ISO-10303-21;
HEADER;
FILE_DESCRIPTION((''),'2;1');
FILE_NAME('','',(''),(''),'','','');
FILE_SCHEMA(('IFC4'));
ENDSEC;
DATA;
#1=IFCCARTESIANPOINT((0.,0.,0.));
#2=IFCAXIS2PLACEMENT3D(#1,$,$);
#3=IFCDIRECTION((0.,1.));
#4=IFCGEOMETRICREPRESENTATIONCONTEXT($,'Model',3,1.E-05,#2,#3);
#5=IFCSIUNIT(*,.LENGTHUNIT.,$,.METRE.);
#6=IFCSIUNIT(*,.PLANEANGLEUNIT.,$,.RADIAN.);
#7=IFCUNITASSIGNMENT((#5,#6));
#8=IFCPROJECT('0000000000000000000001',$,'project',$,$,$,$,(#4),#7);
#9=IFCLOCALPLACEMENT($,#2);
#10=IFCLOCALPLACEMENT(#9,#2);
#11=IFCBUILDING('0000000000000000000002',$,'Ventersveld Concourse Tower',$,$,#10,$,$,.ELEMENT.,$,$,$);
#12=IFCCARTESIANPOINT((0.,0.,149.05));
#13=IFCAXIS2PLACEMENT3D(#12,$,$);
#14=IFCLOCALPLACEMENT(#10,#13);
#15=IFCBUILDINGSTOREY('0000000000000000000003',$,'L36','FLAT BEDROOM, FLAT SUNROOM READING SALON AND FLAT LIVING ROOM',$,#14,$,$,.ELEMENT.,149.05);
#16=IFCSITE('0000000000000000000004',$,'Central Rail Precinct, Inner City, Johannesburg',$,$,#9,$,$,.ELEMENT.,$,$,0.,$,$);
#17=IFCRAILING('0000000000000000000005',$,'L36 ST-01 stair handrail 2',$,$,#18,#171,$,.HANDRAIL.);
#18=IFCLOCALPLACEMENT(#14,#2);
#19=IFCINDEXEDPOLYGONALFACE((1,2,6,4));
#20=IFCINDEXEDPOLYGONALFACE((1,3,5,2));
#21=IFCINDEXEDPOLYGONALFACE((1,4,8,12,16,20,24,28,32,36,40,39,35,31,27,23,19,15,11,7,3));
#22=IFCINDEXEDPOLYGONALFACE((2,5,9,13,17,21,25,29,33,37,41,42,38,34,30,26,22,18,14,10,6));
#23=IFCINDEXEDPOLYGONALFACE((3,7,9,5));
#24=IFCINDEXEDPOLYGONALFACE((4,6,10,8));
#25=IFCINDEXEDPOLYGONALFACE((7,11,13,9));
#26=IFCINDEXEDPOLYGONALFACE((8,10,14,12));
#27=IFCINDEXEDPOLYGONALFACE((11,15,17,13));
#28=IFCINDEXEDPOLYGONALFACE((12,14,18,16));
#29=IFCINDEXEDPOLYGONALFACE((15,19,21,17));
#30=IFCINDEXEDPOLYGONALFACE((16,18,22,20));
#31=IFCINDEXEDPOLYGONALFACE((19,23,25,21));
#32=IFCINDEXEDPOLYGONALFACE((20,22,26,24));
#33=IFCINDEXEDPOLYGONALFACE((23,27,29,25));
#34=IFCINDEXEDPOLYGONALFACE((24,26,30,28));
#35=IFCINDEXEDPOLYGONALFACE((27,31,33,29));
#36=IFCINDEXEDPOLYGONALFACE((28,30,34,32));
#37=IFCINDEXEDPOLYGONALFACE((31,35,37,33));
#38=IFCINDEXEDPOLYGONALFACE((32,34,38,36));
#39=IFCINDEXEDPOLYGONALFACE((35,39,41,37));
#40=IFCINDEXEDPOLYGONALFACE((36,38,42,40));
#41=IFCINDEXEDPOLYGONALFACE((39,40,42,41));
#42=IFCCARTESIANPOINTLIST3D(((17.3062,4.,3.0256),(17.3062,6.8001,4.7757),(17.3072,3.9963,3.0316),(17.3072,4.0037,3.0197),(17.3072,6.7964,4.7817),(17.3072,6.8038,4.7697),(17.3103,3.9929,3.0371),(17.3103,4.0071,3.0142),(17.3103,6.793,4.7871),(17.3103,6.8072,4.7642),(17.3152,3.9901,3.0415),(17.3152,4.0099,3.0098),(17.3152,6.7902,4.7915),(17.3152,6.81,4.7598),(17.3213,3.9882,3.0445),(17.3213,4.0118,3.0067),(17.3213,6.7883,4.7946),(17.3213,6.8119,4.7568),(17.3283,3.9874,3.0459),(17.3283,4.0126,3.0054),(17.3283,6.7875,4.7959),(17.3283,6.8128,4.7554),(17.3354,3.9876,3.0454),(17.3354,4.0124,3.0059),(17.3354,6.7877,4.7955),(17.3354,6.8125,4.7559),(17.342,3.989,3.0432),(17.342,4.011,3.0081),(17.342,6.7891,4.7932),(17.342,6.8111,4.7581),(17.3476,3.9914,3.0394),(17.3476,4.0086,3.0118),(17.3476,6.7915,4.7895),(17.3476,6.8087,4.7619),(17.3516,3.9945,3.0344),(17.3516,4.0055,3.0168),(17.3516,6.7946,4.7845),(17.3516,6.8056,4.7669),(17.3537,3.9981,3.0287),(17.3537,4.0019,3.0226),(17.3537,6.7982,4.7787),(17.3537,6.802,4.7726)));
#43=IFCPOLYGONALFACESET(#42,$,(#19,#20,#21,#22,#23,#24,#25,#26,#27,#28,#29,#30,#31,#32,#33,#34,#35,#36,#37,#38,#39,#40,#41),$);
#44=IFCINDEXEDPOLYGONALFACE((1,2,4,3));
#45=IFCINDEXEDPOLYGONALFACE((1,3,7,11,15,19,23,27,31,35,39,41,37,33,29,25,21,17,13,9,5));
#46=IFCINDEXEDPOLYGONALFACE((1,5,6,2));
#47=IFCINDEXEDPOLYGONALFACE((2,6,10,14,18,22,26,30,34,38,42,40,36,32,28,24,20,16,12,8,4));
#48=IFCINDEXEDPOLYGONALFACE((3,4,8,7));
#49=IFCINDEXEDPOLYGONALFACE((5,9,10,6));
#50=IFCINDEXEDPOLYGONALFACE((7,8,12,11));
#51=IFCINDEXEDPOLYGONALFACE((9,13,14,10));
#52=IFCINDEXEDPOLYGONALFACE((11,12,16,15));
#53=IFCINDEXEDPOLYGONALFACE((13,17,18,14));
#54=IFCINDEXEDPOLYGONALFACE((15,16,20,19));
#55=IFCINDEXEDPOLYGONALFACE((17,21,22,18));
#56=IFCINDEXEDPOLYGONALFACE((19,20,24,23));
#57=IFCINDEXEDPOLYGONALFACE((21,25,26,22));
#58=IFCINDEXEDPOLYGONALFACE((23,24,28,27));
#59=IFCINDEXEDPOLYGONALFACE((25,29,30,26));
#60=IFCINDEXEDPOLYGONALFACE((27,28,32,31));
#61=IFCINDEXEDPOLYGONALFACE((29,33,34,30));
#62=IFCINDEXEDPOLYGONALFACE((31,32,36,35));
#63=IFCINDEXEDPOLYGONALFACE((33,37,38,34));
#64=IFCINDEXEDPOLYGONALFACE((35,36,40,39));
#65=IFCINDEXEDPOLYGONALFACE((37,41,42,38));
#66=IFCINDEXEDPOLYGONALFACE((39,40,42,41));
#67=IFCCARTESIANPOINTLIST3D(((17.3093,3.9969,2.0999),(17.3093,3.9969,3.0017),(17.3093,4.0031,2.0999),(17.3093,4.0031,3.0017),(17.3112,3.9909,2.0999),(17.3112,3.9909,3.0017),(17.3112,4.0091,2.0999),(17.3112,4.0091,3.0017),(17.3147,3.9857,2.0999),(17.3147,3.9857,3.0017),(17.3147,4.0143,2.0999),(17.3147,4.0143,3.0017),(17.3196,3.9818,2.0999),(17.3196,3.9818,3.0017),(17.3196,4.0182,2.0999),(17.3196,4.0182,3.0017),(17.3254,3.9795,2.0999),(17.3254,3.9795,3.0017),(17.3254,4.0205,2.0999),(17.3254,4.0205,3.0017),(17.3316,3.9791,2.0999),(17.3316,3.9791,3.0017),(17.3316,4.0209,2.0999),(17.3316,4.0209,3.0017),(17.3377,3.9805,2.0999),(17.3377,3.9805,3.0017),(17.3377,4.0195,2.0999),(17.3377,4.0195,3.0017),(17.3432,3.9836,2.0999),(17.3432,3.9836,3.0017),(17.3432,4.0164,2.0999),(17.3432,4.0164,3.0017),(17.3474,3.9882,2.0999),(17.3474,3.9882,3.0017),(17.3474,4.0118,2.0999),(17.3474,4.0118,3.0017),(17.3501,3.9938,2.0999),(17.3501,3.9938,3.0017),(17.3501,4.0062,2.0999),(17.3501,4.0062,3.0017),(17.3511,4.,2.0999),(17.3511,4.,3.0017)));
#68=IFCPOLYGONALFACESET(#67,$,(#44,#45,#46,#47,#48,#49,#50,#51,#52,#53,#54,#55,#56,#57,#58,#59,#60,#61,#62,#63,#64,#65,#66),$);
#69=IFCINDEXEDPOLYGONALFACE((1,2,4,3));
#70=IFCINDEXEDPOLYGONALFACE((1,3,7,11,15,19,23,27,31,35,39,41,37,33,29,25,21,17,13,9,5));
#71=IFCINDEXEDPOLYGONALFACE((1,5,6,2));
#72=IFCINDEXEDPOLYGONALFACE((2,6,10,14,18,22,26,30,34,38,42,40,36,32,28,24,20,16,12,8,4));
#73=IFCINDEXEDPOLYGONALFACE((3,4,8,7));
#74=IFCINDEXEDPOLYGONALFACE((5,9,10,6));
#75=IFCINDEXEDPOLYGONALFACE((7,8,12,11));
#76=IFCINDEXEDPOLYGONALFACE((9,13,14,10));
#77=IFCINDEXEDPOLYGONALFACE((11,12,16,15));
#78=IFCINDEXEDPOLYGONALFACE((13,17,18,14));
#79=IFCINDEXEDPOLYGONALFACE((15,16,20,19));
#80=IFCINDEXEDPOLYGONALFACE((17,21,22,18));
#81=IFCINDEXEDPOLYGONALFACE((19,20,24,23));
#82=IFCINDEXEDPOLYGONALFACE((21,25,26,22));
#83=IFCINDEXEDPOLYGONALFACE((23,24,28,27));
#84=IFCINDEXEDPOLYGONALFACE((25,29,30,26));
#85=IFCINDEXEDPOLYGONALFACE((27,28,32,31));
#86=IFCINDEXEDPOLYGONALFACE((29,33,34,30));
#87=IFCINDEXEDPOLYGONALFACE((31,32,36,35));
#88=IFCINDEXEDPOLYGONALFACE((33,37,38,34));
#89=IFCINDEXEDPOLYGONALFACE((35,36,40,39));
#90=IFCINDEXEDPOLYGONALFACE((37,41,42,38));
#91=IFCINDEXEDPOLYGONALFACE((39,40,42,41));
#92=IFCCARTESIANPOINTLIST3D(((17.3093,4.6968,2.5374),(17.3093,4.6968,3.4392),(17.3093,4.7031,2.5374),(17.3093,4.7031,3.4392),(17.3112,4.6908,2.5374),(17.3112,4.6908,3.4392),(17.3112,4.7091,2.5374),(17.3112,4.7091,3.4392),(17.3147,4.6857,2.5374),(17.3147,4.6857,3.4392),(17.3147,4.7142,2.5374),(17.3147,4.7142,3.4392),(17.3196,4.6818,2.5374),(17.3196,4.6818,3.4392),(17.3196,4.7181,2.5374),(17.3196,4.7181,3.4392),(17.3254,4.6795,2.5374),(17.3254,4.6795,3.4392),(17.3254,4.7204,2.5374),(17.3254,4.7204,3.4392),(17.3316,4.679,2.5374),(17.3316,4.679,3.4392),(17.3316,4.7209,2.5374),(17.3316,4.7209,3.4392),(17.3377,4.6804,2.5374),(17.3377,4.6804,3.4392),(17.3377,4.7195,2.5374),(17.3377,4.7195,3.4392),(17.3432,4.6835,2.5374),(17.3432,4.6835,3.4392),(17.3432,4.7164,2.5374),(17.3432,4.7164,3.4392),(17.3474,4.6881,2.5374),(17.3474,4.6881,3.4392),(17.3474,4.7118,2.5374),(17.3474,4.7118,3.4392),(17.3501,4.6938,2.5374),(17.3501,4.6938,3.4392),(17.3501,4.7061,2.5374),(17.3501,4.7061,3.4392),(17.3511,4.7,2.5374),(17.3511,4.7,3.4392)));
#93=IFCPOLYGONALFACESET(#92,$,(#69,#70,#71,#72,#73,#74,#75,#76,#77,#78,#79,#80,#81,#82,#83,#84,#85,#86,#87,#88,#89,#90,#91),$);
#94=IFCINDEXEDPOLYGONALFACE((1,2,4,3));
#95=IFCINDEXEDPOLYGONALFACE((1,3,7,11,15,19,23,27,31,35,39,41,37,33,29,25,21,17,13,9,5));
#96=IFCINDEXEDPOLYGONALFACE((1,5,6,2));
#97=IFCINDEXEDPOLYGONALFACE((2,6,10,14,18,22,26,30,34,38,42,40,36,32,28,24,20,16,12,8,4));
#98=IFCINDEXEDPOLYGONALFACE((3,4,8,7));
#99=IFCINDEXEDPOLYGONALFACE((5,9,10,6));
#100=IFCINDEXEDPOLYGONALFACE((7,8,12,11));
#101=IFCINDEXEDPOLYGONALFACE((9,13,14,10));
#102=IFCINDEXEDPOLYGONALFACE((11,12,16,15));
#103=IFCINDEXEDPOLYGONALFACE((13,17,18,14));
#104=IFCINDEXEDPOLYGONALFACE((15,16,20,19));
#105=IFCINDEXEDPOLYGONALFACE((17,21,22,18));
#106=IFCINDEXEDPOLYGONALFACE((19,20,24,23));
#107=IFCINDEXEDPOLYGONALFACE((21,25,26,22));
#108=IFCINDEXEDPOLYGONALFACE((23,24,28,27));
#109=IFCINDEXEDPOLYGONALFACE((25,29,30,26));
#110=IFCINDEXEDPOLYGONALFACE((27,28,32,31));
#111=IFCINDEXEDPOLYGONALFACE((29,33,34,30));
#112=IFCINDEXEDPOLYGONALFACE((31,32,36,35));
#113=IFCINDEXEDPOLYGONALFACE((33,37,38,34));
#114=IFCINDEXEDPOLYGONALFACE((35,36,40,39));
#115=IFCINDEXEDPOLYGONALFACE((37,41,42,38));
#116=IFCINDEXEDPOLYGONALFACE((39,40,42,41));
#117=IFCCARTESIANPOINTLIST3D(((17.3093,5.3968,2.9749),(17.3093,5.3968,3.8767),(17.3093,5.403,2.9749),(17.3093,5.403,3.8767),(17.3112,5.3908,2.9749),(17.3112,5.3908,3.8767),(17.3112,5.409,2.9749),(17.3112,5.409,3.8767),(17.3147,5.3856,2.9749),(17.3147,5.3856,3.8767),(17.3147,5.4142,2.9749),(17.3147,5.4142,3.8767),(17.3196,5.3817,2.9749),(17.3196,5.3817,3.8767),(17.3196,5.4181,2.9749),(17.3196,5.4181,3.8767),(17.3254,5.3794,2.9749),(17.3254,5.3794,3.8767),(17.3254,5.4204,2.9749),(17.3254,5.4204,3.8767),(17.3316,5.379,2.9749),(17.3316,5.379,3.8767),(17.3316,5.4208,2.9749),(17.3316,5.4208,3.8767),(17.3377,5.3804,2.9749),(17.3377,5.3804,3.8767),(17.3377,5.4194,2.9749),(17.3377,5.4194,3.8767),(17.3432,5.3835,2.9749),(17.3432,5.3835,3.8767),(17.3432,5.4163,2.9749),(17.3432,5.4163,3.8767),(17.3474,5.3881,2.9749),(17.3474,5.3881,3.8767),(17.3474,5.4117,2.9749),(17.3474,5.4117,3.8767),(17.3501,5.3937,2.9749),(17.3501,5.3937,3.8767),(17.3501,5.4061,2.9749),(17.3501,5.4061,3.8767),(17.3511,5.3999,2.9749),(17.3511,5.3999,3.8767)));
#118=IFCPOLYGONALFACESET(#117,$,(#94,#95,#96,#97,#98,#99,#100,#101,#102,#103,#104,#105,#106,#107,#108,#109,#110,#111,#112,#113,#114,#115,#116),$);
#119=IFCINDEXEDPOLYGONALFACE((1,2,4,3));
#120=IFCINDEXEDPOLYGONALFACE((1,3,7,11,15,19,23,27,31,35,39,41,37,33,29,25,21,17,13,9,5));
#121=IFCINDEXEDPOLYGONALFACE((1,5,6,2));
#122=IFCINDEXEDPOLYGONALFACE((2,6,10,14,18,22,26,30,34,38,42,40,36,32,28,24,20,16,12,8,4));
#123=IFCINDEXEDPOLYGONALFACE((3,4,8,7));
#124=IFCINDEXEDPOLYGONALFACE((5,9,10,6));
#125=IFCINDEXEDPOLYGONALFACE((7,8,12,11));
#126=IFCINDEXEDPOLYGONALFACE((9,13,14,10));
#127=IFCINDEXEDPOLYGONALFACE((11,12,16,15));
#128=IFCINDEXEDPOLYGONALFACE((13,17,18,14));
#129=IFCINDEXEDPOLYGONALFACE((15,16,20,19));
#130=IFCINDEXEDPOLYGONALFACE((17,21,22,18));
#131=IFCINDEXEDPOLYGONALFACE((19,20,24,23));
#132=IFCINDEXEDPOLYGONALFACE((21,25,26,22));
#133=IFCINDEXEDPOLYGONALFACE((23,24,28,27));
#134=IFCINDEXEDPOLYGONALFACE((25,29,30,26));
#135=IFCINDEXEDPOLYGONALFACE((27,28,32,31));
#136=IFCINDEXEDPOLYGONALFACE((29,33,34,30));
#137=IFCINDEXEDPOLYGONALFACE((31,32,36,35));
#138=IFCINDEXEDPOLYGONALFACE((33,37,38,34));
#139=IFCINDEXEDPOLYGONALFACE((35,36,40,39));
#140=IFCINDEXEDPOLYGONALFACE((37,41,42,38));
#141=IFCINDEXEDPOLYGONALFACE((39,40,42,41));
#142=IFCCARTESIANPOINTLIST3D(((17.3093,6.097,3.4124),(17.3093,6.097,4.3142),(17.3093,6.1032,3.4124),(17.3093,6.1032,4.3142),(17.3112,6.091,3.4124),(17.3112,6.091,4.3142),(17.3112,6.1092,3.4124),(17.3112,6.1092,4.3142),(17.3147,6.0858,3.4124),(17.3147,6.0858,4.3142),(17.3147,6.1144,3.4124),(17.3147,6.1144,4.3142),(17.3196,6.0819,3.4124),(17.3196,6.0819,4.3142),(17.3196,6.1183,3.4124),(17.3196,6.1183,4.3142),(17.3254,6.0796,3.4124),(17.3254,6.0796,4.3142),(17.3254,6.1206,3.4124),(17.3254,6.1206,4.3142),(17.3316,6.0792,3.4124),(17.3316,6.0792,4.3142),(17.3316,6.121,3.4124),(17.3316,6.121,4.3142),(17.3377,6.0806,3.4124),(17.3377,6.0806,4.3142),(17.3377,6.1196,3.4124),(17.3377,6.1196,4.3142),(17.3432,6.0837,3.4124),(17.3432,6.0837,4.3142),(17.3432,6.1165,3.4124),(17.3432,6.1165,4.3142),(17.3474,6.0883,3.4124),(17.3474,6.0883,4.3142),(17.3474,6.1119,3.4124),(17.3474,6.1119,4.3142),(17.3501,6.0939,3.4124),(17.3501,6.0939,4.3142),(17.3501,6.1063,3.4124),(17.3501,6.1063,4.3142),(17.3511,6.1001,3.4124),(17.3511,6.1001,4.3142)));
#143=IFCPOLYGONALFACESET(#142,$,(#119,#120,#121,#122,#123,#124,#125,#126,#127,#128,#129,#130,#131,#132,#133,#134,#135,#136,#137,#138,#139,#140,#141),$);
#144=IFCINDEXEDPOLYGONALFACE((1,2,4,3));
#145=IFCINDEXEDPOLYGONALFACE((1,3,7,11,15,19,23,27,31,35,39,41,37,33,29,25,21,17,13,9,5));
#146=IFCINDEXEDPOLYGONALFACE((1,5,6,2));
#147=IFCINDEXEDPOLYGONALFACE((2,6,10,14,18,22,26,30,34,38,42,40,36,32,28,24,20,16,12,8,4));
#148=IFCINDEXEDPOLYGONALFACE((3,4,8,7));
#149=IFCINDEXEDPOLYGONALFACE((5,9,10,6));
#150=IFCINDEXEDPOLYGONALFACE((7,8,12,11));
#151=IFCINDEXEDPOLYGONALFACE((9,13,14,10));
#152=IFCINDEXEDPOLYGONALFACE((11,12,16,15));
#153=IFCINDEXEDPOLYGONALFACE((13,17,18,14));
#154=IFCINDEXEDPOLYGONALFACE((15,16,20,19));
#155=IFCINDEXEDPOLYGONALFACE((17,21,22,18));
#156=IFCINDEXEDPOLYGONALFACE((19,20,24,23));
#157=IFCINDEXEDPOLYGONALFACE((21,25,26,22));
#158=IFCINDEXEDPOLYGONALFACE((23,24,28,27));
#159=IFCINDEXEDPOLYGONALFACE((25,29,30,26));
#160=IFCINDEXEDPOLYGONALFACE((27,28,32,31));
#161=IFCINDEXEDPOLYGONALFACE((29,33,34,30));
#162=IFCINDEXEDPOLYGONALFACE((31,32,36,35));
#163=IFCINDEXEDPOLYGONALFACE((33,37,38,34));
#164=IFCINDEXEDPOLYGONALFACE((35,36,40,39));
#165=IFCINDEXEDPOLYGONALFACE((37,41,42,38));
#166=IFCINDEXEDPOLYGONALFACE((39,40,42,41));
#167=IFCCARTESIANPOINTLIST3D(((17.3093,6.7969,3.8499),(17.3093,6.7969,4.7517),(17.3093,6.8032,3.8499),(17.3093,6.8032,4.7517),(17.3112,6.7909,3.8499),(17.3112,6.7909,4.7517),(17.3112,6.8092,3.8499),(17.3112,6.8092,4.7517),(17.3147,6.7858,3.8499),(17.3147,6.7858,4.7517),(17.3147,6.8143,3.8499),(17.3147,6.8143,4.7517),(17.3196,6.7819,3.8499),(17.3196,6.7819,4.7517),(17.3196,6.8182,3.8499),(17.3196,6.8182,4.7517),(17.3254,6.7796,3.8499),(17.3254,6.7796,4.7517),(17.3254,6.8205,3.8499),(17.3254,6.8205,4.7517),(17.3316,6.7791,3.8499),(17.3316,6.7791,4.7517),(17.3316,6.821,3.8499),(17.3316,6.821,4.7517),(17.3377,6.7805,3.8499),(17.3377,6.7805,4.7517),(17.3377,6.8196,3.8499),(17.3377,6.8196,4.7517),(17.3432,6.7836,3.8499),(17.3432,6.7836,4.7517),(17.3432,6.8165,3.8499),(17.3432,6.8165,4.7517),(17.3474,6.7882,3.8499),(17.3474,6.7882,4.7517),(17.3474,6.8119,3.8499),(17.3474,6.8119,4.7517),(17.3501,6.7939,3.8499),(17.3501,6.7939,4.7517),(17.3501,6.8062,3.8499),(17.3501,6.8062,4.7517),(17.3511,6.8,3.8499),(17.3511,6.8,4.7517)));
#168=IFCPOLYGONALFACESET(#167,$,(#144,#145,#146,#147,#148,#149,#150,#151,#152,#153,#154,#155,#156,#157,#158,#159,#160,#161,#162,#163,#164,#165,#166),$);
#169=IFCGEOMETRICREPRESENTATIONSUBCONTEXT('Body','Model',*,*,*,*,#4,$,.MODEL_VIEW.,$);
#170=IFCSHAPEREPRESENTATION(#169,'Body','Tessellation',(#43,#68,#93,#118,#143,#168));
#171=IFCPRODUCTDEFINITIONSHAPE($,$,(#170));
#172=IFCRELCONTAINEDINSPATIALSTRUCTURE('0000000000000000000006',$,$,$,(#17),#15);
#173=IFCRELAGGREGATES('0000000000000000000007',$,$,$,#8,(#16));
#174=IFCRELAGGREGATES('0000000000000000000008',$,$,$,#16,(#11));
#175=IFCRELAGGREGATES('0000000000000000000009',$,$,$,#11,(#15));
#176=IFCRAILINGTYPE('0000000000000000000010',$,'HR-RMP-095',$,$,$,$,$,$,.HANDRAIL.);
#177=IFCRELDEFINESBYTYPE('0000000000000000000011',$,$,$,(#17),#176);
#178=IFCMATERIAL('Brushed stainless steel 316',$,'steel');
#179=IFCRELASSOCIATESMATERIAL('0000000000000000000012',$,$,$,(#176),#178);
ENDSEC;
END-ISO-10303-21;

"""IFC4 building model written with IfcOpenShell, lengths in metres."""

from ifc_helpers import new_model, si_unit, direction, frame, origin, origin_2d, place, context, subcontext, project, spatial, circle, extrude, material, type_object, element, save


model = new_model("IFC4")

# Units and contexts
model_context = context("Model", 3, precision=1e-05, world=origin(), true_north=direction((0.0, 1.0)))
body_context = subcontext(model_context, "Body", "Model", "MODEL_VIEW")
ifc_project = project(units=[si_unit("LENGTHUNIT", "METRE"), si_unit("PLANEANGLEUNIT", "RADIAN")], contexts=[model_context])

# Site, building, storey
site_placement = place(None, origin())
site = spatial("IfcSite", under=ifc_project, at=site_placement, Name="Central Rail Precinct, Inner City, Johannesburg", CompositionType="ELEMENT", RefElevation=0.0)
building_placement = place(site_placement, origin())
building = spatial("IfcBuilding", under=site, at=building_placement, Name="Ventersveld Concourse Tower", CompositionType="ELEMENT")
storey_placement = place(building_placement, frame((0.0, 0.0, 149.05)))
storey = spatial("IfcBuildingStorey", under=building, at=storey_placement, Name="L36", Description="FLAT BEDROOM, FLAT SUNROOM READING SALON AND FLAT LIVING ROOM", CompositionType="ELEMENT", Elevation=149.05)

# Railing
ifc_material_1 = material(Name="Brushed stainless steel 316", Category="steel")
railing_type_1 = type_object("IfcRailingType", Name="HR-RMP-095", PredefinedType="HANDRAIL", material=ifc_material_1)
railing_1_placement = place(storey_placement, frame((17.3301, 4.0, 2.0999)))
element("IfcRailing", 1, at=railing_1_placement, inside=storey, type_object=railing_type_1, Name="L36 ST-01 stair handrail 2", PredefinedType="HANDRAIL", context=body_context, shape_type="SweptSolid", body=[
    extrude(circle(Radius=0.0239, at=origin_2d()), frame((0.0, 0.0, 0.9258), z_axis=(0.0, 0.848002, 0.529992), x_axis=(-1.0, 0.0, 0.0)), (0.0, 0.0, 1.0), 3.302),
    extrude(circle(Radius=0.021, at=origin_2d()), origin(), (0.0, 0.0, 1.0), 0.9019),
    extrude(circle(Radius=0.021, at=origin_2d()), frame((0.0, 0.7, 0.4375)), (0.0, 0.0, 1.0), 0.9019),
    extrude(circle(Radius=0.021, at=origin_2d()), frame((0.0, 1.3999, 0.875)), (0.0, 0.0, 1.0), 0.9019),
    extrude(circle(Radius=0.021, at=origin_2d()), frame((0.0, 2.1001, 1.3125)), (0.0, 0.0, 1.0), 0.9019),
    extrude(circle(Radius=0.021, at=origin_2d()), frame((0.0, 2.8, 1.75)), (0.0, 0.0, 1.0), 0.9019),
])

save(model, "model.ifc")
